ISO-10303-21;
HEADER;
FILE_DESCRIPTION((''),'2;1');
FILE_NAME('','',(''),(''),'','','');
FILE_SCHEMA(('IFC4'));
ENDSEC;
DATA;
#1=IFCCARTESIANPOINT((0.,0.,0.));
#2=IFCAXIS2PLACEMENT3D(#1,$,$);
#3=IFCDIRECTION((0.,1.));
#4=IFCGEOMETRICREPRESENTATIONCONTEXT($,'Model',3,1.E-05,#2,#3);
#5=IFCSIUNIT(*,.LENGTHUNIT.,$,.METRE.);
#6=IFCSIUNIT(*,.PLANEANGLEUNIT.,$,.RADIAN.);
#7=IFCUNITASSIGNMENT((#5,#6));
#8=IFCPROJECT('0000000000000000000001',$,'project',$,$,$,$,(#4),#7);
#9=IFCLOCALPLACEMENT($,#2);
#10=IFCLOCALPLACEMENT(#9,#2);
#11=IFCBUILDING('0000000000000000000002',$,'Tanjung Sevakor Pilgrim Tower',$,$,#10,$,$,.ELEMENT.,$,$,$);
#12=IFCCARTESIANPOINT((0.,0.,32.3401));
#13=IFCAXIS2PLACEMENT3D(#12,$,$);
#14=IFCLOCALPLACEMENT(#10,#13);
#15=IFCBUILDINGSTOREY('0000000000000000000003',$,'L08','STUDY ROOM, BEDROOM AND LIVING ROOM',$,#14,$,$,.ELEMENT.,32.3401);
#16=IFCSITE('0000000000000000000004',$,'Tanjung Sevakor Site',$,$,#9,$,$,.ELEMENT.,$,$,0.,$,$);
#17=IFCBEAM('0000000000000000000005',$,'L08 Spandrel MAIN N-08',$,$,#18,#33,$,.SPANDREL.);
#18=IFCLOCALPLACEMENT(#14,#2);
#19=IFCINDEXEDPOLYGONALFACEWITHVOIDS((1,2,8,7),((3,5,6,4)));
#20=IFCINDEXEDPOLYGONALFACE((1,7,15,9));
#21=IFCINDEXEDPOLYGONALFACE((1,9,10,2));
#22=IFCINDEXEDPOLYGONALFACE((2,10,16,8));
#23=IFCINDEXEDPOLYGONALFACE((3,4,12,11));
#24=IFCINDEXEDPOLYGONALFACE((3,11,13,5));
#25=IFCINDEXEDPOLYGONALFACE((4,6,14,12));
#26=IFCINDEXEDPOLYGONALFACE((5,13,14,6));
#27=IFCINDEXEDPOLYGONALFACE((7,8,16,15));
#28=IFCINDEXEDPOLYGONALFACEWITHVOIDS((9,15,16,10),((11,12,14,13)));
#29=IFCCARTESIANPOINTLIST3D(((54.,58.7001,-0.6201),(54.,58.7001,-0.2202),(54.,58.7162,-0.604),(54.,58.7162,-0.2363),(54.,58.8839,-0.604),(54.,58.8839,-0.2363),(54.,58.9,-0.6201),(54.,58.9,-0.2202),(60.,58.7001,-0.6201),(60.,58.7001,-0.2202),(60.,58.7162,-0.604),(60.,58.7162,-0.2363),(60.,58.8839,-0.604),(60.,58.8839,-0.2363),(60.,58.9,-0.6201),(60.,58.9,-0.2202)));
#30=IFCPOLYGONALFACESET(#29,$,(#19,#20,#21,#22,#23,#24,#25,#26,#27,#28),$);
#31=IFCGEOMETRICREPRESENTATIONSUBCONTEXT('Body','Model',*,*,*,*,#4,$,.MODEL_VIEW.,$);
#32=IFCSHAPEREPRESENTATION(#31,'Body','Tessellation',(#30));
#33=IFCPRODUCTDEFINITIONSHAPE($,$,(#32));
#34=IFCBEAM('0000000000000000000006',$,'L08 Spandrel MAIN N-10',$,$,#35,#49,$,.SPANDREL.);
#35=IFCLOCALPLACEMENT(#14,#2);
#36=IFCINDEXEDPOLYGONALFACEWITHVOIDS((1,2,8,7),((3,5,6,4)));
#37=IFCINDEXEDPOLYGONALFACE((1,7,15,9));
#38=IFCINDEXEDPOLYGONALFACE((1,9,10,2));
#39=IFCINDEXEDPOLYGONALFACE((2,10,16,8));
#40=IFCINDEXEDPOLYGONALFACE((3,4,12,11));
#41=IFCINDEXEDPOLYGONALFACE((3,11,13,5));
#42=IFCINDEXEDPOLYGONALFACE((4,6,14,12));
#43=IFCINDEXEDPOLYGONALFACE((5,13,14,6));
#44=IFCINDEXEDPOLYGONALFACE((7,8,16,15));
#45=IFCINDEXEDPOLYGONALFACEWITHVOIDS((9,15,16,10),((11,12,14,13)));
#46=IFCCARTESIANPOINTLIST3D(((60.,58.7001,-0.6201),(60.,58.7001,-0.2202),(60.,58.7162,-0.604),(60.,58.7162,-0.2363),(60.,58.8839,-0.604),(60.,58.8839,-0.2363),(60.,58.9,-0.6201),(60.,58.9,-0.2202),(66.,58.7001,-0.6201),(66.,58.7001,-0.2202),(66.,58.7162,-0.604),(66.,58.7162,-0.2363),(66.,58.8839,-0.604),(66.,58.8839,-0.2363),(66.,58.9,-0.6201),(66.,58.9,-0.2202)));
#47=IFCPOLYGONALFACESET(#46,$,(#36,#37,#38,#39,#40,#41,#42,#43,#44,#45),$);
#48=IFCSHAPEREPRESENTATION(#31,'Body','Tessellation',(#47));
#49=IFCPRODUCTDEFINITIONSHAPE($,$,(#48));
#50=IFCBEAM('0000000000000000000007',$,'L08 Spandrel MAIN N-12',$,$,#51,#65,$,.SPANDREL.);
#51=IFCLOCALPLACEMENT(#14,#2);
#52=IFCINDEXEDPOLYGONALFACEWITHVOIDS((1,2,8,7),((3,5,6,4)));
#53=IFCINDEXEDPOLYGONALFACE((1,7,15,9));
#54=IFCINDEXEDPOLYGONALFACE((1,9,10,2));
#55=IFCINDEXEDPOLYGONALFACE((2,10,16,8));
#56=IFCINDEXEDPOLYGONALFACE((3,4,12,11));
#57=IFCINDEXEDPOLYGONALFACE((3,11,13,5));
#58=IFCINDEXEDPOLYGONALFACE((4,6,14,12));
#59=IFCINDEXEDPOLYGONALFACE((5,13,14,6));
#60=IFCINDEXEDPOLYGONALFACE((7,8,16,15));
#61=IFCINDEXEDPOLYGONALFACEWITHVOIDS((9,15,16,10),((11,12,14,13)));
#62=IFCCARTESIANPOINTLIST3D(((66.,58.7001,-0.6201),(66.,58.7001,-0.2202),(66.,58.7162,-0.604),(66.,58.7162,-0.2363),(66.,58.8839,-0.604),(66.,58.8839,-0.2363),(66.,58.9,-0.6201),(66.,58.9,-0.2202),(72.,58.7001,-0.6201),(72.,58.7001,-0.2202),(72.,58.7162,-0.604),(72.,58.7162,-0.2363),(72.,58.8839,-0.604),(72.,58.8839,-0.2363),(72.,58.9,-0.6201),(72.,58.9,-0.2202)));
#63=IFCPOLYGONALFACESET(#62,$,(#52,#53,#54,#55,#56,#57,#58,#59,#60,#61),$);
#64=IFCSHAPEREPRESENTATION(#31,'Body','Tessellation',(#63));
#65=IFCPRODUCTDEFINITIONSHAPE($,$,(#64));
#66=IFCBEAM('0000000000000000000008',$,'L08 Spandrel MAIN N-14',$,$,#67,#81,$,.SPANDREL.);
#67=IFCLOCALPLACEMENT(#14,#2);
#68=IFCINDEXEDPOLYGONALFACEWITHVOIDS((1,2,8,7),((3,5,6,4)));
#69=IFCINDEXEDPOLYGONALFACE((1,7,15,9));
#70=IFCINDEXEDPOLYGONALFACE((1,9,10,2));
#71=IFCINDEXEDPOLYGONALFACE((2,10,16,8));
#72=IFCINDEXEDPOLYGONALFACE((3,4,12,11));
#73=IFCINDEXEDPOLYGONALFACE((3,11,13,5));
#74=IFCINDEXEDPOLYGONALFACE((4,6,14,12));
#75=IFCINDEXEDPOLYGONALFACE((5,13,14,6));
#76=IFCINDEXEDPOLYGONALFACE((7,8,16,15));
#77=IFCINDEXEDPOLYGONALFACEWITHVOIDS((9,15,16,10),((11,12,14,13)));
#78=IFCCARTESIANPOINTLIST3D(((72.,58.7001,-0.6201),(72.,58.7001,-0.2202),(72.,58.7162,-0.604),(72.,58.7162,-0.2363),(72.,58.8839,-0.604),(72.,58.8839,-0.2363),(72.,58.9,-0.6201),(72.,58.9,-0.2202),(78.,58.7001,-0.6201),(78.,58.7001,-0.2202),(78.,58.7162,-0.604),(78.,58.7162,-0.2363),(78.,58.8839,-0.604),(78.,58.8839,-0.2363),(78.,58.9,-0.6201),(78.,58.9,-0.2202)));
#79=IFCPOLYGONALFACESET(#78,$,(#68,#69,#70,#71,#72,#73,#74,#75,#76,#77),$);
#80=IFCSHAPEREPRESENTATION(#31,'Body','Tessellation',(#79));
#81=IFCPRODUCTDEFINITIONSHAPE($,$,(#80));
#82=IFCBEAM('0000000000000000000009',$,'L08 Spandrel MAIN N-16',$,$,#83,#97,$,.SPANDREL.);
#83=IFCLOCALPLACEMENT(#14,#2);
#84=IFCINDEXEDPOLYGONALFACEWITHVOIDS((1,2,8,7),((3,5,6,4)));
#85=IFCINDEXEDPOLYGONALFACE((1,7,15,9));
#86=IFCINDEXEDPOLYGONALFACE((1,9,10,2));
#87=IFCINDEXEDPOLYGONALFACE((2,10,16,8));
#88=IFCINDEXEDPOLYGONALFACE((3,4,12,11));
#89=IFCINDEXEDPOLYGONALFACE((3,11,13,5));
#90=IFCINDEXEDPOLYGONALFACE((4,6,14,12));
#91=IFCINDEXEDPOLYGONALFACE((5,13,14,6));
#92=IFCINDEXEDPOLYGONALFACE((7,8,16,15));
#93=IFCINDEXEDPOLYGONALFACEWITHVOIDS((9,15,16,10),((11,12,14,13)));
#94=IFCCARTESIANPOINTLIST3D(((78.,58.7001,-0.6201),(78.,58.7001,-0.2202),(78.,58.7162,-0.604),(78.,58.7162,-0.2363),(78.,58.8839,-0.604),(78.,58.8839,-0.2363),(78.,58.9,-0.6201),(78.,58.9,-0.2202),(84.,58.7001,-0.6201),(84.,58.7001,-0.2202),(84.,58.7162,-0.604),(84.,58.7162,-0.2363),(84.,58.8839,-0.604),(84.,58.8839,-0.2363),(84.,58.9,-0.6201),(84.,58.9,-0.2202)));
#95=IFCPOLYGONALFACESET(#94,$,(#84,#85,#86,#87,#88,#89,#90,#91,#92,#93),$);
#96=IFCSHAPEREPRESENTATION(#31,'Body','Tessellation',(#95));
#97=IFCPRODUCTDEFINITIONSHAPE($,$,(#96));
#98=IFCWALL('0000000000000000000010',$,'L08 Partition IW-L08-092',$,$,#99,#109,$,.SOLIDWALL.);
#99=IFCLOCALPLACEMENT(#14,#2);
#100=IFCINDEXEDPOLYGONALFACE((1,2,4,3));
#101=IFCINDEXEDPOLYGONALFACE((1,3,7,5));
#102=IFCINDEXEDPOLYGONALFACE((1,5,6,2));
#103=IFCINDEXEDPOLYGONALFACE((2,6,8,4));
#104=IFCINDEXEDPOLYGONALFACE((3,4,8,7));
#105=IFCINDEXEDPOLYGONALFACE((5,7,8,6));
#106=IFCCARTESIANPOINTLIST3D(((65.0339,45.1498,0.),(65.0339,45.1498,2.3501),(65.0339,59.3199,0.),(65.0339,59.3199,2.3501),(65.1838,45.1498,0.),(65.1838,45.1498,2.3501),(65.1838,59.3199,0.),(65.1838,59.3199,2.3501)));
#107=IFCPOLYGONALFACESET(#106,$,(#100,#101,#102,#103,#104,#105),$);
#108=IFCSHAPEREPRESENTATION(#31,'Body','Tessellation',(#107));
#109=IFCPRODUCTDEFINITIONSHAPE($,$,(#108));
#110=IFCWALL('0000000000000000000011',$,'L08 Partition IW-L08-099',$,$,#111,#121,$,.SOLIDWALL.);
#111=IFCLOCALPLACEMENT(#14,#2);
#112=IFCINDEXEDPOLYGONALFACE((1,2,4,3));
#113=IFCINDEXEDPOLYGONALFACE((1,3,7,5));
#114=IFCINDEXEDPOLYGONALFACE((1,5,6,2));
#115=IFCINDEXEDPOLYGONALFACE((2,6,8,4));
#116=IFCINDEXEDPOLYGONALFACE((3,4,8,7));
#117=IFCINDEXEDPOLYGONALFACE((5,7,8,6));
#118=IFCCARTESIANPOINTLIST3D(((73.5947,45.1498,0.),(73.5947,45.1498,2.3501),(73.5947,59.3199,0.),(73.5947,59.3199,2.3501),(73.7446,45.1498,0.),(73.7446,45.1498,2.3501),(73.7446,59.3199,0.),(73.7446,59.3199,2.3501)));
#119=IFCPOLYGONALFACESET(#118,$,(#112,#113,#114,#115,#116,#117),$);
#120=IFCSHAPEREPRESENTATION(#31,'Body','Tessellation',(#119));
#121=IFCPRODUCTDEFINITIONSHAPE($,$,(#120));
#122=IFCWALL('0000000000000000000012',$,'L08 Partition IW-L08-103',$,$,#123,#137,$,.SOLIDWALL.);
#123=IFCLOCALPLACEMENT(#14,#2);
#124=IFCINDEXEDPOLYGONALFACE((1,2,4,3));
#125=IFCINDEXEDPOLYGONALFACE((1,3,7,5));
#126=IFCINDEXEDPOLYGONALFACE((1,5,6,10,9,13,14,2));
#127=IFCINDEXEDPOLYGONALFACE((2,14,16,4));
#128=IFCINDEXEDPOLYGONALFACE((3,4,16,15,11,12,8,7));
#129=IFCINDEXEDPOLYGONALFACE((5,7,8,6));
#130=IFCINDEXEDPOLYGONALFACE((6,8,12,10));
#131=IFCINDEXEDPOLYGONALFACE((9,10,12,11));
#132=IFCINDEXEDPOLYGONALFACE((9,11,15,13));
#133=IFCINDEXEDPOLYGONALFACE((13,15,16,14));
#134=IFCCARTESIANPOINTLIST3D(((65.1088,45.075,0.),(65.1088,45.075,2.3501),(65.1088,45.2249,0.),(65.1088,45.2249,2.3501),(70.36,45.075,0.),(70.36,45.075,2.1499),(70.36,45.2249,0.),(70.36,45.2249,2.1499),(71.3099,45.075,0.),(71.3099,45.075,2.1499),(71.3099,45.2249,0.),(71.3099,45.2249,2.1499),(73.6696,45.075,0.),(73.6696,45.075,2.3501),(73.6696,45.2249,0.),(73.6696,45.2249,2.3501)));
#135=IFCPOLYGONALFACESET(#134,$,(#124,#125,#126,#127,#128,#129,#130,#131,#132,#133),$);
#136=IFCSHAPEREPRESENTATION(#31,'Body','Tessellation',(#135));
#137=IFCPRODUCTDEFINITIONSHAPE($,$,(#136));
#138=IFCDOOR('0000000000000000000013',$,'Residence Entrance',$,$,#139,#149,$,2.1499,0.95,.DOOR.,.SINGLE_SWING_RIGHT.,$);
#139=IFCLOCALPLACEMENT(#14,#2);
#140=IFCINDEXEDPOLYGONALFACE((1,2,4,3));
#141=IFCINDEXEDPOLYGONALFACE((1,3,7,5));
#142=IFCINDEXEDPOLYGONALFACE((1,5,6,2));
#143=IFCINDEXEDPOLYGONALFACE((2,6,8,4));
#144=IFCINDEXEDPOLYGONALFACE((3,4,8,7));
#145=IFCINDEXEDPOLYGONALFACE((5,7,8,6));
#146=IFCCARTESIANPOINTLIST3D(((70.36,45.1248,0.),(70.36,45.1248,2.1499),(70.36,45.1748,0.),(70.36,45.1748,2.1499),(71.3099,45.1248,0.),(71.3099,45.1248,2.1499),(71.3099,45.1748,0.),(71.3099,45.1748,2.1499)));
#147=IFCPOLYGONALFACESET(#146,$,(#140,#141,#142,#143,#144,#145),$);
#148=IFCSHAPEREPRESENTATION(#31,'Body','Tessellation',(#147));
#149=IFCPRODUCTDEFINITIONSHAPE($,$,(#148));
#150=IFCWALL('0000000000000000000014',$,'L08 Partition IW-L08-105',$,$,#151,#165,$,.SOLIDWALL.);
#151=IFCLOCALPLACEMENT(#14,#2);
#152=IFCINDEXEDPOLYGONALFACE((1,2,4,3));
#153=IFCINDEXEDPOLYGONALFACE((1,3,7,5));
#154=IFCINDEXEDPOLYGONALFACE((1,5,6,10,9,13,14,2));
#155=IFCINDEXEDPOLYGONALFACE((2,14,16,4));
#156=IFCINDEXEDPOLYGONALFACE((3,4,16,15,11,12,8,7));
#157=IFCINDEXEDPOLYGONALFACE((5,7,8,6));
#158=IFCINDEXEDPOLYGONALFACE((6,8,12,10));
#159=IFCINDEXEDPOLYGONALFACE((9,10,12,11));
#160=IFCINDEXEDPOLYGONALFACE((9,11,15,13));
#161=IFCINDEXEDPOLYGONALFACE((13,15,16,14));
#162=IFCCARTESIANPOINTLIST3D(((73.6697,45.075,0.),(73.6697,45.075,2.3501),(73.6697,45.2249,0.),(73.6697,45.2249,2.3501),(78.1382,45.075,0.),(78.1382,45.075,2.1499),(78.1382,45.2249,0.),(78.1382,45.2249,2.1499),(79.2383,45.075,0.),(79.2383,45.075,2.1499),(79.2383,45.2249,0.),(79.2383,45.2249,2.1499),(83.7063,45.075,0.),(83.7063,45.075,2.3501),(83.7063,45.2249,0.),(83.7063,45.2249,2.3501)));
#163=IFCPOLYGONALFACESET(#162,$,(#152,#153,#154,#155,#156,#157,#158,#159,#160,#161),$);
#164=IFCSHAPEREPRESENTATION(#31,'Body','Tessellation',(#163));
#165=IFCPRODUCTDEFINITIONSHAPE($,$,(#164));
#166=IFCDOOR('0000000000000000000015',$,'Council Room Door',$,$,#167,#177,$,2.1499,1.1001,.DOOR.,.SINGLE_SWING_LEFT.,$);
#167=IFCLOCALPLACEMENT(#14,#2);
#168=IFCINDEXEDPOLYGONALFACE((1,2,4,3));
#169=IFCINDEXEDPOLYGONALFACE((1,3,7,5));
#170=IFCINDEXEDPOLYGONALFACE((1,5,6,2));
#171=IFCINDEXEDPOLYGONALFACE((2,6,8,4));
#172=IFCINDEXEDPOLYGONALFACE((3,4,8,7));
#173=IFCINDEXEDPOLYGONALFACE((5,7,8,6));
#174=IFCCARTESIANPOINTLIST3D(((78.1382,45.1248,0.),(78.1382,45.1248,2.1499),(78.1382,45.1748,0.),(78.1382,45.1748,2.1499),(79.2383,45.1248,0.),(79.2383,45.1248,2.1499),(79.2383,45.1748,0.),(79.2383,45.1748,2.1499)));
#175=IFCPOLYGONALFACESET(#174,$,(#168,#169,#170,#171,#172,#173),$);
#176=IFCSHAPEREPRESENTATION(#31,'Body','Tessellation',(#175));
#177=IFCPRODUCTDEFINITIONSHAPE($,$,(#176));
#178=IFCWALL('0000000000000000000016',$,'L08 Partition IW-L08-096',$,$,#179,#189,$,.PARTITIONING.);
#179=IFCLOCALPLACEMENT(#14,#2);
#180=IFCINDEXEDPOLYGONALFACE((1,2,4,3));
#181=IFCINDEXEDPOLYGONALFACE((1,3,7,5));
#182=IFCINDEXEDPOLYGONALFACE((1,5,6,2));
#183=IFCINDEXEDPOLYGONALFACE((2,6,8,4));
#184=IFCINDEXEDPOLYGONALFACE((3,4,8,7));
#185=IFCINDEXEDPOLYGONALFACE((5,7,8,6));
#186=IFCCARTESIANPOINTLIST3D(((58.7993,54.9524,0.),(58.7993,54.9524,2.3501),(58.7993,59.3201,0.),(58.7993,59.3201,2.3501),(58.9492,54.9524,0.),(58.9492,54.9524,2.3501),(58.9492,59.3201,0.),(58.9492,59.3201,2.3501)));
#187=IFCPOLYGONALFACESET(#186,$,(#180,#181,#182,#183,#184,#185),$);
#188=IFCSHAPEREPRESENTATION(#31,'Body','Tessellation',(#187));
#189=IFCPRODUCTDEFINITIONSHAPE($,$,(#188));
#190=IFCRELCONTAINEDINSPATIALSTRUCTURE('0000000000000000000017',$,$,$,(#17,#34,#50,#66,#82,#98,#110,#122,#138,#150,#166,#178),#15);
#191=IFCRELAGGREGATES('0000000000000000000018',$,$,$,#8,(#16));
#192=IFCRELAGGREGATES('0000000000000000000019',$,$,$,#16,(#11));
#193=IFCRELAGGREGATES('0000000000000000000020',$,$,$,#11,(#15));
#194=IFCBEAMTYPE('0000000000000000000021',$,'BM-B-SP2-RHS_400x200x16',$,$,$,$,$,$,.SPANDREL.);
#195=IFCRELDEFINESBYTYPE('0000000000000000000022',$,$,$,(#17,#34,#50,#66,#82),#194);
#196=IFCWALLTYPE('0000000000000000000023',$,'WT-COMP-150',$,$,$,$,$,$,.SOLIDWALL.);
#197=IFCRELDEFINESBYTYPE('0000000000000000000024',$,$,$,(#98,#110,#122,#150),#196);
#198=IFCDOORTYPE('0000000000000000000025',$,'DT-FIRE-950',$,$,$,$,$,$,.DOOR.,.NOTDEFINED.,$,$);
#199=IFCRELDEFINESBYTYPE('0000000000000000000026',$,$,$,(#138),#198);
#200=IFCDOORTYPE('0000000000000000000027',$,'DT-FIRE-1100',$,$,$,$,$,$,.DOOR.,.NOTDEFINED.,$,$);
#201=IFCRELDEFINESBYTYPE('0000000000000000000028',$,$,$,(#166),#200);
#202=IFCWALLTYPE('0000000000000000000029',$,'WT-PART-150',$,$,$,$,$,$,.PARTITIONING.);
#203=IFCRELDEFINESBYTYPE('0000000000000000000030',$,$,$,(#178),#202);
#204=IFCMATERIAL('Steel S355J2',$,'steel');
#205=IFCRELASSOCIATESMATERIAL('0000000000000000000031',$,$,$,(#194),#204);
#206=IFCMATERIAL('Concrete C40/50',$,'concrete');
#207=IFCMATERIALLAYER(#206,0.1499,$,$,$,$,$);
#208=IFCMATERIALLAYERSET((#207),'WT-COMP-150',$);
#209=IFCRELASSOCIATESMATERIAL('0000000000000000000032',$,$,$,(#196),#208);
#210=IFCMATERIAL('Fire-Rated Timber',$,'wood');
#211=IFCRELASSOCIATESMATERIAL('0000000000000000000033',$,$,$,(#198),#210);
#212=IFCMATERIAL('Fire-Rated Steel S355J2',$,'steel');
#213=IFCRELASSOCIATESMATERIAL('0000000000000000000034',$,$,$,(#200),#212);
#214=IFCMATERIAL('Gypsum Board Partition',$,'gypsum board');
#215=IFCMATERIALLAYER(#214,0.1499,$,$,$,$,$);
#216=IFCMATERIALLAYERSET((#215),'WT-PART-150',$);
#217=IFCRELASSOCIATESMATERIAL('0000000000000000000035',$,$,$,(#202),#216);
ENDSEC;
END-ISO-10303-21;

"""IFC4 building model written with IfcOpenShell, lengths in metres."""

from ifc_helpers import new_model, si_unit, direction, frame, frame_2d, origin, origin_2d, place, context, subcontext, project, spatial, rectangle, hollow_rectangle, extrude, material, layer, layer_set, material_profile, profile_set, type_object, element, fill, save


model = new_model("IFC4")

# Units and contexts
model_context = context("Model", 3, precision=1e-05, world=origin(), true_north=direction((0.0, 1.0)))
body_context = subcontext(model_context, "Body", "Model", "MODEL_VIEW")
ifc_project = project(units=[si_unit("LENGTHUNIT", "METRE"), si_unit("PLANEANGLEUNIT", "RADIAN")], contexts=[model_context])

# Site, building, storey
site_placement = place(None, origin())
site = spatial("IfcSite", under=ifc_project, at=site_placement, Name="Tanjung Sevakor Site", CompositionType="ELEMENT", RefElevation=0.0)
building_placement = place(site_placement, origin())
building = spatial("IfcBuilding", under=site, at=building_placement, Name="Tanjung Sevakor Pilgrim Tower", CompositionType="ELEMENT")
storey_placement = place(building_placement, frame((0.0, 0.0, 32.3401)))
storey = spatial("IfcBuildingStorey", under=building, at=storey_placement, Name="L08", Description="STUDY ROOM, BEDROOM AND LIVING ROOM", CompositionType="ELEMENT", Elevation=32.3401)

# Beams
ifc_material_1 = material(Name="Steel S355J2", Category="steel")
ifc_material_profile_1 = material_profile(ifc_material_1, hollow_rectangle(XDim=0.2, YDim=0.3999, WallThickness=0.0161, at=origin_2d()))
ifc_profile_set_1 = profile_set([ifc_material_profile_1], Name="Steel S355J2")
beam_type_1 = type_object("IfcBeamType", Name="BM-B-SP2-RHS_400x200x16", PredefinedType="SPANDREL", material=ifc_profile_set_1)
for number, where, z_axis, x_axis, name in (
    (1, (54.0, 58.8, -0.4202), (1.0, 0.0, 0.0), (0.0, 1.0, 0.0), "L08 Spandrel MAIN N-08"),
    (2, (60.0, 58.8, -0.4202), (1.0, 0.0, 0.0), (0.0, 1.0, 0.0), "L08 Spandrel MAIN N-10"),
    (3, (66.0, 58.8, -0.4202), (1.0, 0.0, 0.0), (0.0, 1.0, 0.0), "L08 Spandrel MAIN N-12"),
    (4, (72.0, 58.8, -0.4202), (1.0, 0.0, 0.0), (0.0, 1.0, 0.0), "L08 Spandrel MAIN N-14"),
    (5, (78.0, 58.8, -0.4202), (1.0, 0.0, 0.0), (0.0, 1.0, 0.0), "L08 Spandrel MAIN N-16"),
):
    element("IfcBeam", number, at=place(storey_placement, frame(where, z_axis=z_axis, x_axis=x_axis)), inside=storey, type_object=beam_type_1, Name=name, PredefinedType="SPANDREL", context=body_context, shape_type="SweptSolid", body=[
        extrude(hollow_rectangle(XDim=0.2, YDim=0.3999, WallThickness=0.0161, at=origin_2d()), origin(), (0.0, 0.0, 1.0), 6.0),
    ])

# Walls
ifc_material_2 = material(Name="Concrete C40/50", Category="concrete")
ifc_layer_1 = layer(ifc_material_2, 0.1499)
ifc_layer_set_1 = layer_set([ifc_layer_1], Name="WT-COMP-150")
wall_type_1 = type_object("IfcWallType", Name="WT-COMP-150", PredefinedType="SOLIDWALL", material=ifc_layer_set_1)
for number, where, z_axis, x_axis, name in (
    (6, (65.1089, 45.1499, 0.0), (0.0, 0.0, 1.0), (0.0, 1.0, 0.0), "L08 Partition IW-L08-092"),
    (7, (73.6697, 45.1499, 0.0), (0.0, 0.0, 1.0), (0.0, 1.0, 0.0), "L08 Partition IW-L08-099"),
):
    element("IfcWall", number, at=place(storey_placement, frame(where, z_axis=z_axis, x_axis=x_axis)), inside=storey, type_object=wall_type_1, Name=name, PredefinedType="SOLIDWALL", context=body_context, shape_type="SweptSolid", body=[
        extrude(rectangle(XDim=14.1702, YDim=0.1499, at=frame_2d((7.085, 0.0))), origin(), (0.0, 0.0, 1.0), 2.3501),
    ])

# Walls, openings, doors
wall_1_placement = place(storey_placement, frame((65.1089, 45.1499, 0.0), z_axis=(0.0, 0.0, 1.0), x_axis=(1.0, 0.0, 0.0)))
wall_1 = element("IfcWall", 8, at=wall_1_placement, inside=storey, type_object=wall_type_1, Name="L08 Partition IW-L08-103", PredefinedType="SOLIDWALL", context=body_context, shape_type="SweptSolid", body=[
    extrude(rectangle(XDim=8.5608, YDim=0.1499, at=frame_2d((4.2803, 0.0))), origin(), (0.0, 0.0, 1.0), 2.3501),
])
opening_1_placement = place(wall_1_placement, frame((5.251, 0.0, 0.0)))
opening_1 = element("IfcOpeningElement", 9, at=opening_1_placement, cuts=wall_1, PredefinedType="OPENING", context=body_context, shape_type="SweptSolid", body=[
    extrude(rectangle(XDim=0.95, YDim=2.1499, at=frame_2d((0.4751, 1.075))), frame((0.0, 0.085, 0.0), z_axis=(0.0, -1.0, 0.0), x_axis=(1.0, 0.0, 0.0)), (0.0, 0.0, 1.0), 0.1699),
])
ifc_material_3 = material(Name="Fire-Rated Timber", Category="wood")
door_type_1 = type_object("IfcDoorType", Name="DT-FIRE-950", OperationType="NOTDEFINED", PredefinedType="DOOR", material=ifc_material_3)
door_1_placement = place(opening_1_placement, origin())
door_1 = element("IfcDoor", 10, at=door_1_placement, inside=storey, type_object=door_type_1, Name="Residence Entrance", OperationType="SINGLE_SWING_RIGHT", OverallHeight=2.1499, OverallWidth=0.95, PredefinedType="DOOR", context=body_context, shape_type="SweptSolid", body=[
    extrude(rectangle(XDim=0.95, YDim=2.1499, at=frame_2d((0.4751, 1.075))), frame((0.0, 0.0249, 0.0), z_axis=(0.0, -1.0, 0.0), x_axis=(1.0, 0.0, 0.0)), (0.0, 0.0, 1.0), 0.05),
])
fill(opening_1, door_1)
wall_2_placement = place(storey_placement, frame((73.6697, 45.1499, 0.0), z_axis=(0.0, 0.0, 1.0), x_axis=(1.0, 0.0, 0.0)))
wall_2 = element("IfcWall", 11, at=wall_2_placement, inside=storey, type_object=wall_type_1, Name="L08 Partition IW-L08-105", PredefinedType="SOLIDWALL", context=body_context, shape_type="SweptSolid", body=[
    extrude(rectangle(XDim=10.0366, YDim=0.1499, at=frame_2d((5.0183, 0.0))), origin(), (0.0, 0.0, 1.0), 2.3501),
])
opening_2_placement = place(wall_2_placement, frame((4.4685, 0.0, 0.0)))
opening_2 = element("IfcOpeningElement", 12, at=opening_2_placement, cuts=wall_2, PredefinedType="OPENING", context=body_context, shape_type="SweptSolid", body=[
    extrude(rectangle(XDim=1.1001, YDim=2.1499, at=frame_2d((0.55, 1.075))), frame((0.0, 0.085, 0.0), z_axis=(0.0, -1.0, 0.0), x_axis=(1.0, 0.0, 0.0)), (0.0, 0.0, 1.0), 0.1699),
])
ifc_material_4 = material(Name="Fire-Rated Steel S355J2", Category="steel")
door_type_2 = type_object("IfcDoorType", Name="DT-FIRE-1100", OperationType="NOTDEFINED", PredefinedType="DOOR", material=ifc_material_4)
door_2_placement = place(opening_2_placement, origin())
door_2 = element("IfcDoor", 13, at=door_2_placement, inside=storey, type_object=door_type_2, Name="Council Room Door", OperationType="SINGLE_SWING_LEFT", OverallHeight=2.1499, OverallWidth=1.1001, PredefinedType="DOOR", context=body_context, shape_type="SweptSolid", body=[
    extrude(rectangle(XDim=1.1001, YDim=2.1499, at=frame_2d((0.55, 1.075))), frame((0.0, 0.0249, 0.0), z_axis=(0.0, -1.0, 0.0), x_axis=(1.0, 0.0, 0.0)), (0.0, 0.0, 1.0), 0.05),
])
fill(opening_2, door_2)

# Wall
ifc_material_5 = material(Name="Gypsum Board Partition", Category="gypsum board")
ifc_layer_2 = layer(ifc_material_5, 0.1499)
ifc_layer_set_2 = layer_set([ifc_layer_2], Name="WT-PART-150")
wall_type_2 = type_object("IfcWallType", Name="WT-PART-150", PredefinedType="PARTITIONING", material=ifc_layer_set_2)
wall_3_placement = place(storey_placement, frame((58.8743, 54.9524, 0.0), z_axis=(0.0, 0.0, 1.0), x_axis=(0.0, 1.0, 0.0)))
element("IfcWall", 14, at=wall_3_placement, inside=storey, type_object=wall_type_2, Name="L08 Partition IW-L08-096", PredefinedType="PARTITIONING", context=body_context, shape_type="SweptSolid", body=[
    extrude(rectangle(XDim=4.3677, YDim=0.1499, at=frame_2d((2.1838, 0.0))), origin(), (0.0, 0.0, 1.0), 2.3501),
])

save(model, "model.ifc")
